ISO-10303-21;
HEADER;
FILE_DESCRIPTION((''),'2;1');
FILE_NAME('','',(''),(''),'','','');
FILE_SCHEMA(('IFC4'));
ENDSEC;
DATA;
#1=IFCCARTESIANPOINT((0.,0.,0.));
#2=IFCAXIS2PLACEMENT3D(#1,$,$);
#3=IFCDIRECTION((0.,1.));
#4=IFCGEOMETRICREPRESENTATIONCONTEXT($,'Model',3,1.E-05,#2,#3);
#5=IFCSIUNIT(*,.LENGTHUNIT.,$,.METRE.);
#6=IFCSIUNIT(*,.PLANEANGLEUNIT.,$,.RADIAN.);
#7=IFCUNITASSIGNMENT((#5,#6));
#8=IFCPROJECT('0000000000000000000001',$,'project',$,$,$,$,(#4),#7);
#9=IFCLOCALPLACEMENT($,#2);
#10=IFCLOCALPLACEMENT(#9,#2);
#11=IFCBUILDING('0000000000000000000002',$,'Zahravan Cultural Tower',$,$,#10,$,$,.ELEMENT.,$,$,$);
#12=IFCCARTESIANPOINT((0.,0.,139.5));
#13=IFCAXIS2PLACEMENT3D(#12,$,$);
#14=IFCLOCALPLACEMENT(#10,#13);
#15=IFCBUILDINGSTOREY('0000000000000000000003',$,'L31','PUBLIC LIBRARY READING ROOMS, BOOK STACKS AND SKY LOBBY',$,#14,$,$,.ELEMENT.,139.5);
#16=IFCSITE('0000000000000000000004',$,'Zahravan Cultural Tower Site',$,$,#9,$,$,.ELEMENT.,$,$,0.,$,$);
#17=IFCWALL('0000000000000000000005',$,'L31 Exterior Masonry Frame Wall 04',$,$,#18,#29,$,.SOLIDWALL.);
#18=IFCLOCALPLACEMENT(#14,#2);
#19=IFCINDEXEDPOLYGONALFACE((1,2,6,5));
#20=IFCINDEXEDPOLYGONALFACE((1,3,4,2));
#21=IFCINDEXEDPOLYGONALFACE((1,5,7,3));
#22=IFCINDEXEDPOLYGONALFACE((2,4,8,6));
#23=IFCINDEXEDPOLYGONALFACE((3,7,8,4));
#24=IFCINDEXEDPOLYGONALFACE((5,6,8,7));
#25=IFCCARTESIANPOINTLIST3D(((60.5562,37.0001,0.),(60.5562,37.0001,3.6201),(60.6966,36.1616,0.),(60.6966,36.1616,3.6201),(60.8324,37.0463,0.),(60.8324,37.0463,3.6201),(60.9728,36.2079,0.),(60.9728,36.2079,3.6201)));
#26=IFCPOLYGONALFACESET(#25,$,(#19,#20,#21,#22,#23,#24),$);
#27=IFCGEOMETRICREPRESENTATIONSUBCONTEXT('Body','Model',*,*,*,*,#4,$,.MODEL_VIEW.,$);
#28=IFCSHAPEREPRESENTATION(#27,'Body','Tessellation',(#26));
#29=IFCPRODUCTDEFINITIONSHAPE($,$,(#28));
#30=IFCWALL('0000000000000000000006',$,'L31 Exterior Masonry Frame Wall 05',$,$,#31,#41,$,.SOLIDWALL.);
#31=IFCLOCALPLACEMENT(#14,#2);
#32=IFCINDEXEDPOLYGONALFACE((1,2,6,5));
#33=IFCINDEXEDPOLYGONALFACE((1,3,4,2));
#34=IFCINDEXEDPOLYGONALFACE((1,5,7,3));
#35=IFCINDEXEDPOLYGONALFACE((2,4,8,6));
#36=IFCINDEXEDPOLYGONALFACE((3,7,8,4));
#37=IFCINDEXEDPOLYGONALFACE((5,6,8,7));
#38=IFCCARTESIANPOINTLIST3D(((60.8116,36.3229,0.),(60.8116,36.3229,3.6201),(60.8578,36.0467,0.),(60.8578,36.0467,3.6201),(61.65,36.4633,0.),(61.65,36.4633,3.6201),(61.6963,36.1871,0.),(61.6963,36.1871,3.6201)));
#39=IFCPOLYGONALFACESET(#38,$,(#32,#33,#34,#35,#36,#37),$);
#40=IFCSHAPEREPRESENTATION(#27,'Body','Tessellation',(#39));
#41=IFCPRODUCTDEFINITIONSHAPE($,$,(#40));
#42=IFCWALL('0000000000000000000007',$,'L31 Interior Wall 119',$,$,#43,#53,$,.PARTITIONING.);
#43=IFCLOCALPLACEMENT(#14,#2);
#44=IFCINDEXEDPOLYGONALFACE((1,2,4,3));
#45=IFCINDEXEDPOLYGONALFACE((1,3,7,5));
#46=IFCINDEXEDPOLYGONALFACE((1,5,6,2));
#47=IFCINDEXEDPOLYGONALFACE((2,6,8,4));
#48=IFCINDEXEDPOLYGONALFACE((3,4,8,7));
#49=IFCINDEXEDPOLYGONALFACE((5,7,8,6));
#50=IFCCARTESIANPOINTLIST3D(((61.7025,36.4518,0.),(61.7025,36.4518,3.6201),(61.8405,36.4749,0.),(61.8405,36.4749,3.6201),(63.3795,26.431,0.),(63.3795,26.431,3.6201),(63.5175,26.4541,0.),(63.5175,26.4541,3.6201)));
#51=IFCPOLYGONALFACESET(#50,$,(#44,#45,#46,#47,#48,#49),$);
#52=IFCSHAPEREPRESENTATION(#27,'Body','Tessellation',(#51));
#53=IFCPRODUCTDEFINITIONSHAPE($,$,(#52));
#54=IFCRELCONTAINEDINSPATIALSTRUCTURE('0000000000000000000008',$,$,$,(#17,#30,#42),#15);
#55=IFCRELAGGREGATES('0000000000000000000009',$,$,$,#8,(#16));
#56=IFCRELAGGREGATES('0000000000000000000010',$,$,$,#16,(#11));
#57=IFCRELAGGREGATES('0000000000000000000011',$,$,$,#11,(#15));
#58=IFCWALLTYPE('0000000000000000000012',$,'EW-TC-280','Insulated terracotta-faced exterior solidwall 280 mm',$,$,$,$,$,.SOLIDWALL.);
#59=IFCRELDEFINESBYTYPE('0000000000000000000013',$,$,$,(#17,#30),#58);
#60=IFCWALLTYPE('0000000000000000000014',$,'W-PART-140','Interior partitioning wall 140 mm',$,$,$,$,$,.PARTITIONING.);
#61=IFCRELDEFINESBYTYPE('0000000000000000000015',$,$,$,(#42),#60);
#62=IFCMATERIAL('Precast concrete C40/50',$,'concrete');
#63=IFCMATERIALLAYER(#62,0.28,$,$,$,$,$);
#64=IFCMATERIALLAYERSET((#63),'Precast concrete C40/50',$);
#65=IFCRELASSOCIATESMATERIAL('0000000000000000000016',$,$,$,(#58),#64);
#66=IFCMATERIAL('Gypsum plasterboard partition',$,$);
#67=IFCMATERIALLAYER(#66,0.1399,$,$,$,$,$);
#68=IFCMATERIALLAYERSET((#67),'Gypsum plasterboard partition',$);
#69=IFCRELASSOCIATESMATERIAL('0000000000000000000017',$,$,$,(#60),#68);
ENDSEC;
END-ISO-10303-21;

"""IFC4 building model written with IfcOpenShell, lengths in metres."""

from ifc_helpers import new_model, si_unit, direction, frame, frame_2d, origin, place, context, subcontext, project, spatial, rectangle, extrude, source, transform, mapped, material, layer, layer_set, type_object, element, save


model = new_model("IFC4")

# Units and contexts
model_context = context("Model", 3, precision=1e-05, world=origin(), true_north=direction((0.0, 1.0)))
body_context = subcontext(model_context, "Body", "Model", "MODEL_VIEW")
ifc_project = project(units=[si_unit("LENGTHUNIT", "METRE"), si_unit("PLANEANGLEUNIT", "RADIAN")], contexts=[model_context])

# Site, building, storey
site_placement = place(None, origin())
site = spatial("IfcSite", under=ifc_project, at=site_placement, Name="Zahravan Cultural Tower Site", CompositionType="ELEMENT", RefElevation=0.0)
building_placement = place(site_placement, origin())
building = spatial("IfcBuilding", under=site, at=building_placement, Name="Zahravan Cultural Tower", CompositionType="ELEMENT")
storey_placement = place(building_placement, frame((0.0, 0.0, 139.5)))
storey = spatial("IfcBuildingStorey", under=building, at=storey_placement, Name="L31", Description="PUBLIC LIBRARY READING ROOMS, BOOK STACKS AND SKY LOBBY", CompositionType="ELEMENT", Elevation=139.5)

# Walls
ifc_material_1 = material(Name="Precast concrete C40/50", Category="concrete")
ifc_layer_1 = layer(ifc_material_1, 0.28)
ifc_layer_set_1 = layer_set([ifc_layer_1], Name="Precast concrete C40/50")
wall_type_1 = type_object("IfcWallType", Name="EW-TC-280", Description="Insulated terracotta-faced exterior solidwall 280 mm", PredefinedType="SOLIDWALL", material=ifc_layer_set_1)
shared_shape_1 = source(origin(), body_context, "Body", "SweptSolid", [
    extrude(rectangle(XDim=0.8501, YDim=0.28, at=frame_2d((0.425, 0.0))), origin(), (0.0, 0.0, 1.0), 3.6201),
])
for number, where, z_axis, x_axis, name in (
    (1, (60.6943, 37.0232, 0.0), (0.0, 0.0, 1.0), (0.165144, -0.986269, 0.0), "L31 Exterior Masonry Frame Wall 04"),
    (2, (60.8347, 36.1848, 0.0), (0.0, 0.0, 1.0), (0.986269, 0.165144, 0.0), "L31 Exterior Masonry Frame Wall 05"),
):
    element("IfcWall", number, at=place(storey_placement, frame(where, z_axis=z_axis, x_axis=x_axis)), inside=storey, type_object=wall_type_1, Name=name, PredefinedType="SOLIDWALL", context=body_context, shape_type="MappedRepresentation", body=[
        mapped(shared_shape_1, transform((0.0, 0.0, 0.0), x_axis=(1.0, 0.0, 0.0), y_axis=(0.0, 1.0, 0.0), z_axis=(0.0, 0.0, 1.0), scale=1.0)),
    ])
ifc_material_2 = material(Name="Gypsum plasterboard partition")
ifc_layer_2 = layer(ifc_material_2, 0.1399)
ifc_layer_set_2 = layer_set([ifc_layer_2], Name="Gypsum plasterboard partition")
wall_type_2 = type_object("IfcWallType", Name="W-PART-140", Description="Interior partitioning wall 140 mm", PredefinedType="PARTITIONING", material=ifc_layer_set_2)
shared_shape_2 = source(origin(), body_context, "Body", "SweptSolid", [
    extrude(rectangle(XDim=10.1602, YDim=0.1399, at=frame_2d((5.0801, 0.0))), origin(), (0.0, 0.0, 1.0), 3.6201),
])
wall_placement = place(storey_placement, frame((61.7715, 36.4634, 0.0), z_axis=(0.0, 0.0, 1.0), x_axis=(0.165057, -0.986284, 0.0)))
element("IfcWall", 3, at=wall_placement, inside=storey, type_object=wall_type_2, Name="L31 Interior Wall 119", PredefinedType="PARTITIONING", context=body_context, shape_type="MappedRepresentation", body=[
    mapped(shared_shape_2, transform((0.0, 0.0, 0.0), x_axis=(1.0, 0.0, 0.0), y_axis=(0.0, 1.0, 0.0), z_axis=(0.0, 0.0, 1.0), scale=1.0)),
])

save(model, "model.ifc")
